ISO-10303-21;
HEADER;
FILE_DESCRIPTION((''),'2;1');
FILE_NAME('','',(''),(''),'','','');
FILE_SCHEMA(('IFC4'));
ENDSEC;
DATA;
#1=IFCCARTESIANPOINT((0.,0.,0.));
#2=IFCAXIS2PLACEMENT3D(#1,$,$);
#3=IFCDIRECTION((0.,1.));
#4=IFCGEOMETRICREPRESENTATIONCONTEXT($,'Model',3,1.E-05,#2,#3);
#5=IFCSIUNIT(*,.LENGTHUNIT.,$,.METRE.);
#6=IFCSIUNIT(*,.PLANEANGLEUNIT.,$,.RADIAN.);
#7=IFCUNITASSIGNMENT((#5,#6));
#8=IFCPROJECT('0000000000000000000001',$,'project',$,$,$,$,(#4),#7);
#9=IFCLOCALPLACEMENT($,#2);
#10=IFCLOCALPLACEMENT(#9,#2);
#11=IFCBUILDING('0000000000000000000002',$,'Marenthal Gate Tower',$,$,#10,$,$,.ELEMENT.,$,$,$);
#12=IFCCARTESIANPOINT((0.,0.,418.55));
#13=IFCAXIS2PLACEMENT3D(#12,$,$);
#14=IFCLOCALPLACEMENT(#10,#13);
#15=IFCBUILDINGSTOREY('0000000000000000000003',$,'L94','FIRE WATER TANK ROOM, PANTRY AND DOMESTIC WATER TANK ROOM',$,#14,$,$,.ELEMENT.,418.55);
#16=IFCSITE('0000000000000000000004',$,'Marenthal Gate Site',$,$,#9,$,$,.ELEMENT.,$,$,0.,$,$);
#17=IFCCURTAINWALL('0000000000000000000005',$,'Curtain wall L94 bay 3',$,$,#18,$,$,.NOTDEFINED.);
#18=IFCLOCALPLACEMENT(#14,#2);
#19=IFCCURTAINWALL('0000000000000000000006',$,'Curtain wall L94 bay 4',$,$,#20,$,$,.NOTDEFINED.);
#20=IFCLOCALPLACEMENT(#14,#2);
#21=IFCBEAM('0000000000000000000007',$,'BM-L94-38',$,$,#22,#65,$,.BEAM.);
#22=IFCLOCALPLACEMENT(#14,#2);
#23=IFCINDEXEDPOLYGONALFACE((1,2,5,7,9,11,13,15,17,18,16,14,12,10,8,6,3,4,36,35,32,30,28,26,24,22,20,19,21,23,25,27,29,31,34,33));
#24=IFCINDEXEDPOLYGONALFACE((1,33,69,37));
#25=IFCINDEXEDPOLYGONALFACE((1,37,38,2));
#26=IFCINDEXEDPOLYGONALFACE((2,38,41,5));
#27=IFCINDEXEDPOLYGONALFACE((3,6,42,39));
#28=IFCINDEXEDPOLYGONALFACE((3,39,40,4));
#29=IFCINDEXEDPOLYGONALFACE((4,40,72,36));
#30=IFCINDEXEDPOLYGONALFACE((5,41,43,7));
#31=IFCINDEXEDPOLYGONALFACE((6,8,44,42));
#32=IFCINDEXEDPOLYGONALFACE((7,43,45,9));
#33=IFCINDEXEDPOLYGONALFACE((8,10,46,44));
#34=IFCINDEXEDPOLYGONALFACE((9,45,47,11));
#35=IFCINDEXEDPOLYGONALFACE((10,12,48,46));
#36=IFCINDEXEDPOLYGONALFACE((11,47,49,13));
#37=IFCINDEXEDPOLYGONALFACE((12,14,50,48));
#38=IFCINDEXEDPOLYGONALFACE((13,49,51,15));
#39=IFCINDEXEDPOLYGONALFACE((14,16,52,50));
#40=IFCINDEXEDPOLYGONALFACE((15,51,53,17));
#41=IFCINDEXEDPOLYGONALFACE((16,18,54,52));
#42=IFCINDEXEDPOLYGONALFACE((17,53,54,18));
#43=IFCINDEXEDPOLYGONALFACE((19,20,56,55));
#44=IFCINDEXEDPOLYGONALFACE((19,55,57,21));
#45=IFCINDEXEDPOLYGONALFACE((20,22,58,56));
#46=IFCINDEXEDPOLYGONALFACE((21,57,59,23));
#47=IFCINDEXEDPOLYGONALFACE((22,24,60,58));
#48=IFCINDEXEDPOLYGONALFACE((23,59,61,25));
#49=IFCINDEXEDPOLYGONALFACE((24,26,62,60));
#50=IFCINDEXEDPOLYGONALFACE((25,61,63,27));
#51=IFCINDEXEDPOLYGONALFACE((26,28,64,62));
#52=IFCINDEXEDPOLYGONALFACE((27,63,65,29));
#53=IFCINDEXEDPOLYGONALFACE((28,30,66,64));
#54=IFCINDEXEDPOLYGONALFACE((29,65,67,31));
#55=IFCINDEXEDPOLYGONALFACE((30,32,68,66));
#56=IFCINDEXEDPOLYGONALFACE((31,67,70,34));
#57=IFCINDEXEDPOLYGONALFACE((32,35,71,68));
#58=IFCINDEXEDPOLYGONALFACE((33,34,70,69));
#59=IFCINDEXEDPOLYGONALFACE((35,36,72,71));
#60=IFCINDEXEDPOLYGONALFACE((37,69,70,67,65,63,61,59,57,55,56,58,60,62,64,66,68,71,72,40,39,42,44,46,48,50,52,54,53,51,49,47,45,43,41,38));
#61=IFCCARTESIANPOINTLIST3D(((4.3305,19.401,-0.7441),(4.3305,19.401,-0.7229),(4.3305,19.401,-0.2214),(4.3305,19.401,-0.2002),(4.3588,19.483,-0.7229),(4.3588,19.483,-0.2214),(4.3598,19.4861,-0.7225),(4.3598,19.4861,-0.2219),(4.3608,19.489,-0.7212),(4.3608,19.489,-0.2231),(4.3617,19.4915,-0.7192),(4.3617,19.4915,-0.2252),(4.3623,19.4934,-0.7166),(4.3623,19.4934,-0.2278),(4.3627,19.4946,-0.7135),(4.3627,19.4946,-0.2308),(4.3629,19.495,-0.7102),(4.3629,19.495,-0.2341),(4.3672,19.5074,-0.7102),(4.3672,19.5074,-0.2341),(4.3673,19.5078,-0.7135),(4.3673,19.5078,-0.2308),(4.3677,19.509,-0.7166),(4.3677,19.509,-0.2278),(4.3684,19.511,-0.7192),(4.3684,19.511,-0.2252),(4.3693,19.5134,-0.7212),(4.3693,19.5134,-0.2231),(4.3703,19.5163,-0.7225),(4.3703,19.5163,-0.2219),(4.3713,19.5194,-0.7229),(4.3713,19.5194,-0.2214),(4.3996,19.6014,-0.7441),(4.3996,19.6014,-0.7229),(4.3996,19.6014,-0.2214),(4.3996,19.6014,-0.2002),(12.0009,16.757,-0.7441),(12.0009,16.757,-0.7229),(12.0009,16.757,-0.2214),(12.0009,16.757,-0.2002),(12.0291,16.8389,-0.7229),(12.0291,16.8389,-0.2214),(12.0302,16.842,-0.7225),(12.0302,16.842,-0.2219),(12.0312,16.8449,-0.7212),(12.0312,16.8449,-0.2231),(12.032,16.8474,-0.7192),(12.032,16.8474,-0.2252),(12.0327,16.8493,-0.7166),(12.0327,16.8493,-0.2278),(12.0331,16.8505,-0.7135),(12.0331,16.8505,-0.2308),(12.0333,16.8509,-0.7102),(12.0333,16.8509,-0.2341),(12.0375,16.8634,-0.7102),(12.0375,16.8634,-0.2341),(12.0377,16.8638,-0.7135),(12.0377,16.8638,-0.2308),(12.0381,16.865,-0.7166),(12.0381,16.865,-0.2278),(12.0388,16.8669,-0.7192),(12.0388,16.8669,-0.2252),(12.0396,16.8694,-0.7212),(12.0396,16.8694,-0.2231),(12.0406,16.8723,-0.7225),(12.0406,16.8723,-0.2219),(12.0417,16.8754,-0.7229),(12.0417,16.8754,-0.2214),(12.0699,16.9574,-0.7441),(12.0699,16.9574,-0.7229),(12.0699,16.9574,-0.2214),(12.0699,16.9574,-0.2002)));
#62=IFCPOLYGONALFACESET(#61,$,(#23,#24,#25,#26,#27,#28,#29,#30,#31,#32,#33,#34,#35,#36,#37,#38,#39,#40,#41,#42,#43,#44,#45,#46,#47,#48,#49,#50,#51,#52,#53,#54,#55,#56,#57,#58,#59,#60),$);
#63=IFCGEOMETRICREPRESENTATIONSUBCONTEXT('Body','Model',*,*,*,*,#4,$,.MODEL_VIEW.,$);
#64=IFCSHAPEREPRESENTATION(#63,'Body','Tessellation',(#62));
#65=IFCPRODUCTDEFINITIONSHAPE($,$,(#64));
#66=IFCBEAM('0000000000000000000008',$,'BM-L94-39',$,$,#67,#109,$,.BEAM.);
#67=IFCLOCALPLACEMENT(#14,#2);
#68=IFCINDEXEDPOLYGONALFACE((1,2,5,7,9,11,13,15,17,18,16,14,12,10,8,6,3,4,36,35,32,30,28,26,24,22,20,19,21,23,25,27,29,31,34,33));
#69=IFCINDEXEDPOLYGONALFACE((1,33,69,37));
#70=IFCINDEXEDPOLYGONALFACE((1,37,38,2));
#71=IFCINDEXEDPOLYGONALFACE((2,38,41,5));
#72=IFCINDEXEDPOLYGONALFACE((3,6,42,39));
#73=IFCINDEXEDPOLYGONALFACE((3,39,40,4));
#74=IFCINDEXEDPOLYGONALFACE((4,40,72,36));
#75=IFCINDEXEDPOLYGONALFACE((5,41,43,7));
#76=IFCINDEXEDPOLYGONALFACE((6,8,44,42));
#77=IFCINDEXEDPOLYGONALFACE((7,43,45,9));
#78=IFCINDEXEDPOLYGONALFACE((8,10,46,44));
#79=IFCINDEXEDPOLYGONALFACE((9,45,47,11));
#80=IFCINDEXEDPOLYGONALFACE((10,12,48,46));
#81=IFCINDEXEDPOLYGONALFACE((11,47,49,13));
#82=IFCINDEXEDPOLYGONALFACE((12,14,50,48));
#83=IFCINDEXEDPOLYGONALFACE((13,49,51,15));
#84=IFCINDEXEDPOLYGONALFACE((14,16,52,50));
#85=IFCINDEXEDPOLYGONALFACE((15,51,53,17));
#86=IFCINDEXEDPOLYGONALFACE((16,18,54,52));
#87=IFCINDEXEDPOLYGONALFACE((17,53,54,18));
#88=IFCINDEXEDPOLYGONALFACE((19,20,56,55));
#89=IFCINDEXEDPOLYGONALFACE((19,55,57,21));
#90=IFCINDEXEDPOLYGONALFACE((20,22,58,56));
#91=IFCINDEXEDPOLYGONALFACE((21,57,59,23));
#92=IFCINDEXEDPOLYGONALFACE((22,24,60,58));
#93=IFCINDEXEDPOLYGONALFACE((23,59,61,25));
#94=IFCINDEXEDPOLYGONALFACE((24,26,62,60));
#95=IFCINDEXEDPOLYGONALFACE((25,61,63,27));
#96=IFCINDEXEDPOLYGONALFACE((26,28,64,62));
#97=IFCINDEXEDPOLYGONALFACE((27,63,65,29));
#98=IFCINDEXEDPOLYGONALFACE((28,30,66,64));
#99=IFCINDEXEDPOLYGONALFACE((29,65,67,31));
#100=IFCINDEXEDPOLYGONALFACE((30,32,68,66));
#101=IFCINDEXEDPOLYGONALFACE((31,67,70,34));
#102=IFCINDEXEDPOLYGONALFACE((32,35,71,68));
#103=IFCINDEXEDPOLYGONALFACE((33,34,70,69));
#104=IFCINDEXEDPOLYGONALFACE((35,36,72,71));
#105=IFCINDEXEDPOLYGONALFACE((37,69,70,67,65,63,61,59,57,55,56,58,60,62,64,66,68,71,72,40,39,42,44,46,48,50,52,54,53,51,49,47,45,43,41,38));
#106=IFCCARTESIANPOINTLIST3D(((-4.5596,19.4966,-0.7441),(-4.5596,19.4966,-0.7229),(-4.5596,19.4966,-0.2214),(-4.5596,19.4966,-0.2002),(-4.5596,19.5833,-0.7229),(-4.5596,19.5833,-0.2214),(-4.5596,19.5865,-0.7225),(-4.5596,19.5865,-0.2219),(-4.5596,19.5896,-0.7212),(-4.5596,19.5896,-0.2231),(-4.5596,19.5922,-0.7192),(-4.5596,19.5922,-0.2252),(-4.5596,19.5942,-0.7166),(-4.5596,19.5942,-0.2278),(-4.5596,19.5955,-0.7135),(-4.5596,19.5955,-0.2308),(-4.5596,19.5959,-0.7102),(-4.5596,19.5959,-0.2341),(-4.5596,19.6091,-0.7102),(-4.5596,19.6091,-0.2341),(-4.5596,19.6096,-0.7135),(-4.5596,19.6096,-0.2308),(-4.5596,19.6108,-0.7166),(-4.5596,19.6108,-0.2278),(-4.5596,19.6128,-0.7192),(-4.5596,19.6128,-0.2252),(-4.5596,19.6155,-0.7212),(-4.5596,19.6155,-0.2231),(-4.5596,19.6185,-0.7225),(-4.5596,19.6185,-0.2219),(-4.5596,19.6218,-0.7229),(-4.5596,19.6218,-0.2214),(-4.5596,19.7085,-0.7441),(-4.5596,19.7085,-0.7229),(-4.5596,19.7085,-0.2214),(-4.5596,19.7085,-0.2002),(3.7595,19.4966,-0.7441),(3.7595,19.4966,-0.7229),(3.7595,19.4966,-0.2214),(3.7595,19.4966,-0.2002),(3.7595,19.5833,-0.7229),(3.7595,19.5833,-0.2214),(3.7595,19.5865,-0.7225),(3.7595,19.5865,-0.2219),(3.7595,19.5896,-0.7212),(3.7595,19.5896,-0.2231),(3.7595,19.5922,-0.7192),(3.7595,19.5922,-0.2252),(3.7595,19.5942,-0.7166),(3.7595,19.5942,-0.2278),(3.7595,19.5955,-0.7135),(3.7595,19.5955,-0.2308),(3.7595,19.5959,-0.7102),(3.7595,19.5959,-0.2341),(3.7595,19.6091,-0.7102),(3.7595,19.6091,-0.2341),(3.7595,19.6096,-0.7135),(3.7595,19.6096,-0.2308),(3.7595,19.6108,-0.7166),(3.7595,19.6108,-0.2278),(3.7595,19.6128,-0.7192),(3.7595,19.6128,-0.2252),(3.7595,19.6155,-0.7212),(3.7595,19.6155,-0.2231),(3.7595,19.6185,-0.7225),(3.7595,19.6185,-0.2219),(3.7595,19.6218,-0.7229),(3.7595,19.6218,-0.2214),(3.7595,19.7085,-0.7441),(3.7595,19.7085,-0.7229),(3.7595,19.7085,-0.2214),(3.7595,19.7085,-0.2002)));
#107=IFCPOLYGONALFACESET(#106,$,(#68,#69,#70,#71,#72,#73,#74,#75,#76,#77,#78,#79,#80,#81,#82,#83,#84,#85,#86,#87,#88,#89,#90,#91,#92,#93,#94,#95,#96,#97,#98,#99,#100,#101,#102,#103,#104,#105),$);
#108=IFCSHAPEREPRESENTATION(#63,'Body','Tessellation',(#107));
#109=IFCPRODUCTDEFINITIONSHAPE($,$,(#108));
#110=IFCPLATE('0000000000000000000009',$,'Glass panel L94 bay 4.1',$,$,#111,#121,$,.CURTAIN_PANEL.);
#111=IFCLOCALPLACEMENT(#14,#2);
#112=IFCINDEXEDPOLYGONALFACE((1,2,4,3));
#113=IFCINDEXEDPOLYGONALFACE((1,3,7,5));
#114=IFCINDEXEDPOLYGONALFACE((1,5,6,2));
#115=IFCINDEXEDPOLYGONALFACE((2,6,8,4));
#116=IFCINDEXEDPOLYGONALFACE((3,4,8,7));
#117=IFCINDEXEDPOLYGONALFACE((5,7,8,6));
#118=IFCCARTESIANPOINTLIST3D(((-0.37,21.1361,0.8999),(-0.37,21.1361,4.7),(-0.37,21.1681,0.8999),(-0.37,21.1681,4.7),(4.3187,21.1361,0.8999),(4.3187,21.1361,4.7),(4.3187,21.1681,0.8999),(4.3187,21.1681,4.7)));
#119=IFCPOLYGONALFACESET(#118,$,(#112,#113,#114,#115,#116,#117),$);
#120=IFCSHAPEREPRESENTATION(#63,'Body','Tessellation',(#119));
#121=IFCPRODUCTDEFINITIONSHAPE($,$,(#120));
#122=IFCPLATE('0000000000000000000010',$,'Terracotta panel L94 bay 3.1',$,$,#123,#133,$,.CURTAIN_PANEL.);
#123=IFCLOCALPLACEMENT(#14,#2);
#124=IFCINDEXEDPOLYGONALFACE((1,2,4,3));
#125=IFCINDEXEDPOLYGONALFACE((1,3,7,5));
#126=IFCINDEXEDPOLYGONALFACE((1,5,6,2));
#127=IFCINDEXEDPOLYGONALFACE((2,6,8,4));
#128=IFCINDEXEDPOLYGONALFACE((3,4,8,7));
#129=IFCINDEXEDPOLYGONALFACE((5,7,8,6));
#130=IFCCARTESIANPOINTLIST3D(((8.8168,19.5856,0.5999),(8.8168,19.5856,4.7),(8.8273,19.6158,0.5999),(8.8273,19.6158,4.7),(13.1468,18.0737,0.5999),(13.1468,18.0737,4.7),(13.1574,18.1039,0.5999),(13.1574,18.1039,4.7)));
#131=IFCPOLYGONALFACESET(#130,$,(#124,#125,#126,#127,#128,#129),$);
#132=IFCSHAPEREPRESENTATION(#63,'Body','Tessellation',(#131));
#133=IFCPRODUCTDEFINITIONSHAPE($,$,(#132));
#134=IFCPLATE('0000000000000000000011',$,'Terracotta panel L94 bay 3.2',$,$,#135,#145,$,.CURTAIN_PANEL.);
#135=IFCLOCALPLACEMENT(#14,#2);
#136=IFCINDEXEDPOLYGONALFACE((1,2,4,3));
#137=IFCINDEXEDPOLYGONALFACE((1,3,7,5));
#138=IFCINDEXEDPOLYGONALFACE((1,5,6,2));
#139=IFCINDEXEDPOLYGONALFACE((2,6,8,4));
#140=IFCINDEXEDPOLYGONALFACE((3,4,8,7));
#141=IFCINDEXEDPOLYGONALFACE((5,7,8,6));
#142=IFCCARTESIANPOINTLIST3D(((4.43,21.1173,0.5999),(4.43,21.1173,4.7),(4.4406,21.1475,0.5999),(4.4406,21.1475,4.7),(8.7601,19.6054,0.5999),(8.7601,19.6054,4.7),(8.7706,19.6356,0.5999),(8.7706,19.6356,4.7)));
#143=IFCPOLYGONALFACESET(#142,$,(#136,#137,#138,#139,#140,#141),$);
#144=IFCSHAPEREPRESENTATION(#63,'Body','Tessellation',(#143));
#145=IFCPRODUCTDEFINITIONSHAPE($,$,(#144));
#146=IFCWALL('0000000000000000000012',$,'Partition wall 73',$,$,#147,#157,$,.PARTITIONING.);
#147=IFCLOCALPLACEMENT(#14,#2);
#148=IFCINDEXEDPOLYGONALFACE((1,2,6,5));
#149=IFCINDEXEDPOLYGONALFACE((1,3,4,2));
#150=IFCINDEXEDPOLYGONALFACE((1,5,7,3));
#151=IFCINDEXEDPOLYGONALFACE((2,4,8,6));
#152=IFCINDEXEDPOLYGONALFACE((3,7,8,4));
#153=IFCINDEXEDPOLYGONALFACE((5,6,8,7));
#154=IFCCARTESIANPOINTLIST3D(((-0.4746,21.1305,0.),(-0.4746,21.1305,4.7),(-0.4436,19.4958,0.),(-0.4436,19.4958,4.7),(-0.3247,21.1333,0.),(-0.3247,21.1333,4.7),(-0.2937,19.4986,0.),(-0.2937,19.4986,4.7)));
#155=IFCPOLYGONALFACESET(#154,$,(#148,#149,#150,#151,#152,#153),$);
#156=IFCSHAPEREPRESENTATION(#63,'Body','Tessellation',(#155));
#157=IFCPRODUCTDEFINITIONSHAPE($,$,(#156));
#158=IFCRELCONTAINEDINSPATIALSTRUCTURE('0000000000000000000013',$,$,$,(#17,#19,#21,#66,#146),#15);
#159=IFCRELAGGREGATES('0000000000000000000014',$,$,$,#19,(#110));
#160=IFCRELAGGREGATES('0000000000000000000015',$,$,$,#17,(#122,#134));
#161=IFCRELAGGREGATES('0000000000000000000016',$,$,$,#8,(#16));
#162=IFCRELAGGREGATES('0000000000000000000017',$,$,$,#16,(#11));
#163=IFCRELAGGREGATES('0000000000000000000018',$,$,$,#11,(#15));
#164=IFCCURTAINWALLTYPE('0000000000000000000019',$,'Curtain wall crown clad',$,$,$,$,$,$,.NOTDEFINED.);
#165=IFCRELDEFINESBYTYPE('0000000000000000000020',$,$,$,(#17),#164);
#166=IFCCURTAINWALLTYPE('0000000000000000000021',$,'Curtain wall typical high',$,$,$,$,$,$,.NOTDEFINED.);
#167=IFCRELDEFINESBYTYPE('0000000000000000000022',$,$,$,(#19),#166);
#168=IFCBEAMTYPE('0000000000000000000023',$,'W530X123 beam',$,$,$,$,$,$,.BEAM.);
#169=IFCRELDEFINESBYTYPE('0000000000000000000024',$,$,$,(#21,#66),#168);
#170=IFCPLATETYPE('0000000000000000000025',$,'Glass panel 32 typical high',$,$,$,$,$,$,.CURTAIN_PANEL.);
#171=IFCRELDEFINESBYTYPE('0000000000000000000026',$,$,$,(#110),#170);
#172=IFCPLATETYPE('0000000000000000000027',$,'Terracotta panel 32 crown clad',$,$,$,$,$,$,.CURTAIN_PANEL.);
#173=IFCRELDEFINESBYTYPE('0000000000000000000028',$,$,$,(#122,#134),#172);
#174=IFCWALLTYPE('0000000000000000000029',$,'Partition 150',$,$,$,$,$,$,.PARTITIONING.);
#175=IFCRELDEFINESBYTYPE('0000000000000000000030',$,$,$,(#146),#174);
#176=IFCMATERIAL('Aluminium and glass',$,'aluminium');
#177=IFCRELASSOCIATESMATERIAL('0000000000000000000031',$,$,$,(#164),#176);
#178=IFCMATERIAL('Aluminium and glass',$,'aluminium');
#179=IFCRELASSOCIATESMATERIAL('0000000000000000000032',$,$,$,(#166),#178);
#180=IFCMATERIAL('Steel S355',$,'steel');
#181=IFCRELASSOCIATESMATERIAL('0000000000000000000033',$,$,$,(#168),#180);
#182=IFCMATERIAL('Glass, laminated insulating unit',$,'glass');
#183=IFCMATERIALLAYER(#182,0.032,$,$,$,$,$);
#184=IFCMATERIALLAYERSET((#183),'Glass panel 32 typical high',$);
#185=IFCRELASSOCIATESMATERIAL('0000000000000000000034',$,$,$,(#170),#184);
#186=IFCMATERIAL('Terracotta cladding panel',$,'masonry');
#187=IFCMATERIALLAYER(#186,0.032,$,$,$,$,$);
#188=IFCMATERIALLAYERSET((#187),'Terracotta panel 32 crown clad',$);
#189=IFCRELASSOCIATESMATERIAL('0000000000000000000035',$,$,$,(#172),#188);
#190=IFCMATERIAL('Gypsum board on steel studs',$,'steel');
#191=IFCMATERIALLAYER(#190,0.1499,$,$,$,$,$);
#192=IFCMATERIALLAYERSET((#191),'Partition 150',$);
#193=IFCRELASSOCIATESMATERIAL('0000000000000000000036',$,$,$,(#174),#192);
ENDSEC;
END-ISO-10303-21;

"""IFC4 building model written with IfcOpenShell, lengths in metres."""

from ifc_helpers import new_model, si_unit, direction, frame, frame_2d, origin, origin_2d, place, context, subcontext, project, spatial, rectangle, i_section, extrude, material, layer, layer_set, material_profile, profile_set, type_object, element, aggregate, save


model = new_model("IFC4")

# Units and contexts
model_context = context("Model", 3, precision=1e-05, world=origin(), true_north=direction((0.0, 1.0)))
body_context = subcontext(model_context, "Body", "Model", "MODEL_VIEW")
ifc_project = project(units=[si_unit("LENGTHUNIT", "METRE"), si_unit("PLANEANGLEUNIT", "RADIAN")], contexts=[model_context])

# Site, building, storey
site_placement = place(None, origin())
site = spatial("IfcSite", under=ifc_project, at=site_placement, Name="Marenthal Gate Site", CompositionType="ELEMENT", RefElevation=0.0)
building_placement = place(site_placement, origin())
building = spatial("IfcBuilding", under=site, at=building_placement, Name="Marenthal Gate Tower", CompositionType="ELEMENT")
storey_placement = place(building_placement, frame((0.0, 0.0, 418.55)))
storey = spatial("IfcBuildingStorey", under=building, at=storey_placement, Name="L94", Description="FIRE WATER TANK ROOM, PANTRY AND DOMESTIC WATER TANK ROOM", CompositionType="ELEMENT", Elevation=418.55)

# Curtain wall
ifc_material_1 = material(Name="Aluminium and glass", Category="aluminium")
curtain_wall_type_1 = type_object("IfcCurtainWallType", Name="Curtain wall crown clad", PredefinedType="NOTDEFINED", material=ifc_material_1)
curtain_wall_1_placement = place(storey_placement, origin())
curtain_wall_1 = element("IfcCurtainWall", 1, at=curtain_wall_1_placement, inside=storey, type_object=curtain_wall_type_1, Name="Curtain wall L94 bay 3", PredefinedType="NOTDEFINED")

# Curtain wall
ifc_material_2 = material(Name="Aluminium and glass", Category="aluminium")
curtain_wall_type_2 = type_object("IfcCurtainWallType", Name="Curtain wall typical high", PredefinedType="NOTDEFINED", material=ifc_material_2)
curtain_wall_2_placement = place(storey_placement, origin())
curtain_wall_2 = element("IfcCurtainWall", 2, at=curtain_wall_2_placement, inside=storey, type_object=curtain_wall_type_2, Name="Curtain wall L94 bay 4", PredefinedType="NOTDEFINED")

# Beams
ifc_material_3 = material(Name="Steel S355", Category="steel")
ifc_material_profile_1 = material_profile(ifc_material_3, i_section(OverallWidth=0.2119, OverallDepth=0.5439, WebThickness=0.0132, FlangeThickness=0.0212, FilletRadius=0.0127, at=origin_2d()), Name="W530X123")
ifc_profile_set_1 = profile_set([ifc_material_profile_1], Name="Steel S355")
beam_type_1 = type_object("IfcBeamType", Name="W530X123 beam", PredefinedType="BEAM", material=ifc_profile_set_1)
beam_1_placement = place(storey_placement, frame((12.0354, 16.8572, -0.4722), z_axis=(-0.945408, 0.325889, 0.0), x_axis=(-0.325889, -0.945408, 0.0)))
element("IfcBeam", 3, at=beam_1_placement, inside=storey, type_object=beam_type_1, Name="BM-L94-38", PredefinedType="BEAM", context=body_context, shape_type="SweptSolid", body=[
    extrude(i_section(OverallWidth=0.2119, OverallDepth=0.5439, WebThickness=0.0132, FlangeThickness=0.0212, FilletRadius=0.0127, at=origin_2d()), origin(), (0.0, 0.0, 1.0), 8.1133),
])
beam_2_placement = place(storey_placement, frame((3.7595, 19.6025, -0.4722), z_axis=(-1.0, 0.0, 0.0), x_axis=(0.0, -1.0, 0.0)))
element("IfcBeam", 4, at=beam_2_placement, inside=storey, type_object=beam_type_1, Name="BM-L94-39", PredefinedType="BEAM", context=body_context, shape_type="SweptSolid", body=[
    extrude(i_section(OverallWidth=0.2119, OverallDepth=0.5439, WebThickness=0.0132, FlangeThickness=0.0212, FilletRadius=0.0127, at=origin_2d()), origin(), (0.0, 0.0, 1.0), 8.3191),
])

# Plates
ifc_material_4 = material(Name="Glass, laminated insulating unit", Category="glass")
ifc_layer_1 = layer(ifc_material_4, 0.032)
ifc_layer_set_1 = layer_set([ifc_layer_1], Name="Glass panel 32 typical high")
plate_type_1 = type_object("IfcPlateType", Name="Glass panel 32 typical high", PredefinedType="CURTAIN_PANEL", material=ifc_layer_set_1)
plate_1_placement = place(storey_placement, frame((1.9744, 21.1521, 0.8999), z_axis=(0.0, 0.0, 1.0), x_axis=(-1.0, 0.0, 0.0)))
plate_1 = element("IfcPlate", 5, at=plate_1_placement, type_object=plate_type_1, Name="Glass panel L94 bay 4.1", PredefinedType="CURTAIN_PANEL", context=body_context, shape_type="SweptSolid", body=[
    extrude(rectangle(XDim=4.6887, YDim=0.032, at=origin_2d()), origin(), (0.0, 0.0, 1.0), 3.8),
])
aggregate(curtain_wall_2, [plate_1])
ifc_material_5 = material(Name="Terracotta cladding panel", Category="masonry")
ifc_layer_2 = layer(ifc_material_5, 0.032)
ifc_layer_set_2 = layer_set([ifc_layer_2], Name="Terracotta panel 32 crown clad")
plate_type_2 = type_object("IfcPlateType", Name="Terracotta panel 32 crown clad", PredefinedType="CURTAIN_PANEL", material=ifc_layer_set_2)
plate_2_placement = place(storey_placement, frame((10.9871, 18.8447, 0.5999), z_axis=(0.0, 0.0, 1.0), x_axis=(-0.944101, 0.329655, 0.0)))
plate_2 = element("IfcPlate", 6, at=plate_2_placement, type_object=plate_type_2, Name="Terracotta panel L94 bay 3.1", PredefinedType="CURTAIN_PANEL", context=body_context, shape_type="SweptSolid", body=[
    extrude(rectangle(XDim=4.5864, YDim=0.032, at=origin_2d()), origin(), (0.0, 0.0, 1.0), 4.1001),
])
plate_3_placement = place(storey_placement, frame((6.6003, 20.3765, 0.5999), z_axis=(0.0, 0.0, 1.0), x_axis=(-0.944101, 0.329655, 0.0)))
plate_3 = element("IfcPlate", 7, at=plate_3_placement, type_object=plate_type_2, Name="Terracotta panel L94 bay 3.2", PredefinedType="CURTAIN_PANEL", context=body_context, shape_type="SweptSolid", body=[
    extrude(rectangle(XDim=4.5864, YDim=0.032, at=origin_2d()), origin(), (0.0, 0.0, 1.0), 4.1001),
])
aggregate(curtain_wall_1, [plate_2, plate_3])

# Wall
ifc_material_6 = material(Name="Gypsum board on steel studs", Category="steel")
ifc_layer_3 = layer(ifc_material_6, 0.1499)
ifc_layer_set_3 = layer_set([ifc_layer_3], Name="Partition 150")
wall_type = type_object("IfcWallType", Name="Partition 150", PredefinedType="PARTITIONING", material=ifc_layer_set_3)
wall_placement = place(storey_placement, frame((-0.3687, 19.4973, 0.0), z_axis=(0.0, 0.0, 1.0), x_axis=(-0.018963, 0.99982, 0.0)))
element("IfcWall", 8, at=wall_placement, inside=storey, type_object=wall_type, Name="Partition wall 73", PredefinedType="PARTITIONING", context=body_context, shape_type="SweptSolid", body=[
    extrude(rectangle(XDim=1.635, YDim=0.1499, at=frame_2d((0.8174, 0.0))), origin(), (0.0, 0.0, 1.0), 4.7),
])

save(model, "model.ifc")
